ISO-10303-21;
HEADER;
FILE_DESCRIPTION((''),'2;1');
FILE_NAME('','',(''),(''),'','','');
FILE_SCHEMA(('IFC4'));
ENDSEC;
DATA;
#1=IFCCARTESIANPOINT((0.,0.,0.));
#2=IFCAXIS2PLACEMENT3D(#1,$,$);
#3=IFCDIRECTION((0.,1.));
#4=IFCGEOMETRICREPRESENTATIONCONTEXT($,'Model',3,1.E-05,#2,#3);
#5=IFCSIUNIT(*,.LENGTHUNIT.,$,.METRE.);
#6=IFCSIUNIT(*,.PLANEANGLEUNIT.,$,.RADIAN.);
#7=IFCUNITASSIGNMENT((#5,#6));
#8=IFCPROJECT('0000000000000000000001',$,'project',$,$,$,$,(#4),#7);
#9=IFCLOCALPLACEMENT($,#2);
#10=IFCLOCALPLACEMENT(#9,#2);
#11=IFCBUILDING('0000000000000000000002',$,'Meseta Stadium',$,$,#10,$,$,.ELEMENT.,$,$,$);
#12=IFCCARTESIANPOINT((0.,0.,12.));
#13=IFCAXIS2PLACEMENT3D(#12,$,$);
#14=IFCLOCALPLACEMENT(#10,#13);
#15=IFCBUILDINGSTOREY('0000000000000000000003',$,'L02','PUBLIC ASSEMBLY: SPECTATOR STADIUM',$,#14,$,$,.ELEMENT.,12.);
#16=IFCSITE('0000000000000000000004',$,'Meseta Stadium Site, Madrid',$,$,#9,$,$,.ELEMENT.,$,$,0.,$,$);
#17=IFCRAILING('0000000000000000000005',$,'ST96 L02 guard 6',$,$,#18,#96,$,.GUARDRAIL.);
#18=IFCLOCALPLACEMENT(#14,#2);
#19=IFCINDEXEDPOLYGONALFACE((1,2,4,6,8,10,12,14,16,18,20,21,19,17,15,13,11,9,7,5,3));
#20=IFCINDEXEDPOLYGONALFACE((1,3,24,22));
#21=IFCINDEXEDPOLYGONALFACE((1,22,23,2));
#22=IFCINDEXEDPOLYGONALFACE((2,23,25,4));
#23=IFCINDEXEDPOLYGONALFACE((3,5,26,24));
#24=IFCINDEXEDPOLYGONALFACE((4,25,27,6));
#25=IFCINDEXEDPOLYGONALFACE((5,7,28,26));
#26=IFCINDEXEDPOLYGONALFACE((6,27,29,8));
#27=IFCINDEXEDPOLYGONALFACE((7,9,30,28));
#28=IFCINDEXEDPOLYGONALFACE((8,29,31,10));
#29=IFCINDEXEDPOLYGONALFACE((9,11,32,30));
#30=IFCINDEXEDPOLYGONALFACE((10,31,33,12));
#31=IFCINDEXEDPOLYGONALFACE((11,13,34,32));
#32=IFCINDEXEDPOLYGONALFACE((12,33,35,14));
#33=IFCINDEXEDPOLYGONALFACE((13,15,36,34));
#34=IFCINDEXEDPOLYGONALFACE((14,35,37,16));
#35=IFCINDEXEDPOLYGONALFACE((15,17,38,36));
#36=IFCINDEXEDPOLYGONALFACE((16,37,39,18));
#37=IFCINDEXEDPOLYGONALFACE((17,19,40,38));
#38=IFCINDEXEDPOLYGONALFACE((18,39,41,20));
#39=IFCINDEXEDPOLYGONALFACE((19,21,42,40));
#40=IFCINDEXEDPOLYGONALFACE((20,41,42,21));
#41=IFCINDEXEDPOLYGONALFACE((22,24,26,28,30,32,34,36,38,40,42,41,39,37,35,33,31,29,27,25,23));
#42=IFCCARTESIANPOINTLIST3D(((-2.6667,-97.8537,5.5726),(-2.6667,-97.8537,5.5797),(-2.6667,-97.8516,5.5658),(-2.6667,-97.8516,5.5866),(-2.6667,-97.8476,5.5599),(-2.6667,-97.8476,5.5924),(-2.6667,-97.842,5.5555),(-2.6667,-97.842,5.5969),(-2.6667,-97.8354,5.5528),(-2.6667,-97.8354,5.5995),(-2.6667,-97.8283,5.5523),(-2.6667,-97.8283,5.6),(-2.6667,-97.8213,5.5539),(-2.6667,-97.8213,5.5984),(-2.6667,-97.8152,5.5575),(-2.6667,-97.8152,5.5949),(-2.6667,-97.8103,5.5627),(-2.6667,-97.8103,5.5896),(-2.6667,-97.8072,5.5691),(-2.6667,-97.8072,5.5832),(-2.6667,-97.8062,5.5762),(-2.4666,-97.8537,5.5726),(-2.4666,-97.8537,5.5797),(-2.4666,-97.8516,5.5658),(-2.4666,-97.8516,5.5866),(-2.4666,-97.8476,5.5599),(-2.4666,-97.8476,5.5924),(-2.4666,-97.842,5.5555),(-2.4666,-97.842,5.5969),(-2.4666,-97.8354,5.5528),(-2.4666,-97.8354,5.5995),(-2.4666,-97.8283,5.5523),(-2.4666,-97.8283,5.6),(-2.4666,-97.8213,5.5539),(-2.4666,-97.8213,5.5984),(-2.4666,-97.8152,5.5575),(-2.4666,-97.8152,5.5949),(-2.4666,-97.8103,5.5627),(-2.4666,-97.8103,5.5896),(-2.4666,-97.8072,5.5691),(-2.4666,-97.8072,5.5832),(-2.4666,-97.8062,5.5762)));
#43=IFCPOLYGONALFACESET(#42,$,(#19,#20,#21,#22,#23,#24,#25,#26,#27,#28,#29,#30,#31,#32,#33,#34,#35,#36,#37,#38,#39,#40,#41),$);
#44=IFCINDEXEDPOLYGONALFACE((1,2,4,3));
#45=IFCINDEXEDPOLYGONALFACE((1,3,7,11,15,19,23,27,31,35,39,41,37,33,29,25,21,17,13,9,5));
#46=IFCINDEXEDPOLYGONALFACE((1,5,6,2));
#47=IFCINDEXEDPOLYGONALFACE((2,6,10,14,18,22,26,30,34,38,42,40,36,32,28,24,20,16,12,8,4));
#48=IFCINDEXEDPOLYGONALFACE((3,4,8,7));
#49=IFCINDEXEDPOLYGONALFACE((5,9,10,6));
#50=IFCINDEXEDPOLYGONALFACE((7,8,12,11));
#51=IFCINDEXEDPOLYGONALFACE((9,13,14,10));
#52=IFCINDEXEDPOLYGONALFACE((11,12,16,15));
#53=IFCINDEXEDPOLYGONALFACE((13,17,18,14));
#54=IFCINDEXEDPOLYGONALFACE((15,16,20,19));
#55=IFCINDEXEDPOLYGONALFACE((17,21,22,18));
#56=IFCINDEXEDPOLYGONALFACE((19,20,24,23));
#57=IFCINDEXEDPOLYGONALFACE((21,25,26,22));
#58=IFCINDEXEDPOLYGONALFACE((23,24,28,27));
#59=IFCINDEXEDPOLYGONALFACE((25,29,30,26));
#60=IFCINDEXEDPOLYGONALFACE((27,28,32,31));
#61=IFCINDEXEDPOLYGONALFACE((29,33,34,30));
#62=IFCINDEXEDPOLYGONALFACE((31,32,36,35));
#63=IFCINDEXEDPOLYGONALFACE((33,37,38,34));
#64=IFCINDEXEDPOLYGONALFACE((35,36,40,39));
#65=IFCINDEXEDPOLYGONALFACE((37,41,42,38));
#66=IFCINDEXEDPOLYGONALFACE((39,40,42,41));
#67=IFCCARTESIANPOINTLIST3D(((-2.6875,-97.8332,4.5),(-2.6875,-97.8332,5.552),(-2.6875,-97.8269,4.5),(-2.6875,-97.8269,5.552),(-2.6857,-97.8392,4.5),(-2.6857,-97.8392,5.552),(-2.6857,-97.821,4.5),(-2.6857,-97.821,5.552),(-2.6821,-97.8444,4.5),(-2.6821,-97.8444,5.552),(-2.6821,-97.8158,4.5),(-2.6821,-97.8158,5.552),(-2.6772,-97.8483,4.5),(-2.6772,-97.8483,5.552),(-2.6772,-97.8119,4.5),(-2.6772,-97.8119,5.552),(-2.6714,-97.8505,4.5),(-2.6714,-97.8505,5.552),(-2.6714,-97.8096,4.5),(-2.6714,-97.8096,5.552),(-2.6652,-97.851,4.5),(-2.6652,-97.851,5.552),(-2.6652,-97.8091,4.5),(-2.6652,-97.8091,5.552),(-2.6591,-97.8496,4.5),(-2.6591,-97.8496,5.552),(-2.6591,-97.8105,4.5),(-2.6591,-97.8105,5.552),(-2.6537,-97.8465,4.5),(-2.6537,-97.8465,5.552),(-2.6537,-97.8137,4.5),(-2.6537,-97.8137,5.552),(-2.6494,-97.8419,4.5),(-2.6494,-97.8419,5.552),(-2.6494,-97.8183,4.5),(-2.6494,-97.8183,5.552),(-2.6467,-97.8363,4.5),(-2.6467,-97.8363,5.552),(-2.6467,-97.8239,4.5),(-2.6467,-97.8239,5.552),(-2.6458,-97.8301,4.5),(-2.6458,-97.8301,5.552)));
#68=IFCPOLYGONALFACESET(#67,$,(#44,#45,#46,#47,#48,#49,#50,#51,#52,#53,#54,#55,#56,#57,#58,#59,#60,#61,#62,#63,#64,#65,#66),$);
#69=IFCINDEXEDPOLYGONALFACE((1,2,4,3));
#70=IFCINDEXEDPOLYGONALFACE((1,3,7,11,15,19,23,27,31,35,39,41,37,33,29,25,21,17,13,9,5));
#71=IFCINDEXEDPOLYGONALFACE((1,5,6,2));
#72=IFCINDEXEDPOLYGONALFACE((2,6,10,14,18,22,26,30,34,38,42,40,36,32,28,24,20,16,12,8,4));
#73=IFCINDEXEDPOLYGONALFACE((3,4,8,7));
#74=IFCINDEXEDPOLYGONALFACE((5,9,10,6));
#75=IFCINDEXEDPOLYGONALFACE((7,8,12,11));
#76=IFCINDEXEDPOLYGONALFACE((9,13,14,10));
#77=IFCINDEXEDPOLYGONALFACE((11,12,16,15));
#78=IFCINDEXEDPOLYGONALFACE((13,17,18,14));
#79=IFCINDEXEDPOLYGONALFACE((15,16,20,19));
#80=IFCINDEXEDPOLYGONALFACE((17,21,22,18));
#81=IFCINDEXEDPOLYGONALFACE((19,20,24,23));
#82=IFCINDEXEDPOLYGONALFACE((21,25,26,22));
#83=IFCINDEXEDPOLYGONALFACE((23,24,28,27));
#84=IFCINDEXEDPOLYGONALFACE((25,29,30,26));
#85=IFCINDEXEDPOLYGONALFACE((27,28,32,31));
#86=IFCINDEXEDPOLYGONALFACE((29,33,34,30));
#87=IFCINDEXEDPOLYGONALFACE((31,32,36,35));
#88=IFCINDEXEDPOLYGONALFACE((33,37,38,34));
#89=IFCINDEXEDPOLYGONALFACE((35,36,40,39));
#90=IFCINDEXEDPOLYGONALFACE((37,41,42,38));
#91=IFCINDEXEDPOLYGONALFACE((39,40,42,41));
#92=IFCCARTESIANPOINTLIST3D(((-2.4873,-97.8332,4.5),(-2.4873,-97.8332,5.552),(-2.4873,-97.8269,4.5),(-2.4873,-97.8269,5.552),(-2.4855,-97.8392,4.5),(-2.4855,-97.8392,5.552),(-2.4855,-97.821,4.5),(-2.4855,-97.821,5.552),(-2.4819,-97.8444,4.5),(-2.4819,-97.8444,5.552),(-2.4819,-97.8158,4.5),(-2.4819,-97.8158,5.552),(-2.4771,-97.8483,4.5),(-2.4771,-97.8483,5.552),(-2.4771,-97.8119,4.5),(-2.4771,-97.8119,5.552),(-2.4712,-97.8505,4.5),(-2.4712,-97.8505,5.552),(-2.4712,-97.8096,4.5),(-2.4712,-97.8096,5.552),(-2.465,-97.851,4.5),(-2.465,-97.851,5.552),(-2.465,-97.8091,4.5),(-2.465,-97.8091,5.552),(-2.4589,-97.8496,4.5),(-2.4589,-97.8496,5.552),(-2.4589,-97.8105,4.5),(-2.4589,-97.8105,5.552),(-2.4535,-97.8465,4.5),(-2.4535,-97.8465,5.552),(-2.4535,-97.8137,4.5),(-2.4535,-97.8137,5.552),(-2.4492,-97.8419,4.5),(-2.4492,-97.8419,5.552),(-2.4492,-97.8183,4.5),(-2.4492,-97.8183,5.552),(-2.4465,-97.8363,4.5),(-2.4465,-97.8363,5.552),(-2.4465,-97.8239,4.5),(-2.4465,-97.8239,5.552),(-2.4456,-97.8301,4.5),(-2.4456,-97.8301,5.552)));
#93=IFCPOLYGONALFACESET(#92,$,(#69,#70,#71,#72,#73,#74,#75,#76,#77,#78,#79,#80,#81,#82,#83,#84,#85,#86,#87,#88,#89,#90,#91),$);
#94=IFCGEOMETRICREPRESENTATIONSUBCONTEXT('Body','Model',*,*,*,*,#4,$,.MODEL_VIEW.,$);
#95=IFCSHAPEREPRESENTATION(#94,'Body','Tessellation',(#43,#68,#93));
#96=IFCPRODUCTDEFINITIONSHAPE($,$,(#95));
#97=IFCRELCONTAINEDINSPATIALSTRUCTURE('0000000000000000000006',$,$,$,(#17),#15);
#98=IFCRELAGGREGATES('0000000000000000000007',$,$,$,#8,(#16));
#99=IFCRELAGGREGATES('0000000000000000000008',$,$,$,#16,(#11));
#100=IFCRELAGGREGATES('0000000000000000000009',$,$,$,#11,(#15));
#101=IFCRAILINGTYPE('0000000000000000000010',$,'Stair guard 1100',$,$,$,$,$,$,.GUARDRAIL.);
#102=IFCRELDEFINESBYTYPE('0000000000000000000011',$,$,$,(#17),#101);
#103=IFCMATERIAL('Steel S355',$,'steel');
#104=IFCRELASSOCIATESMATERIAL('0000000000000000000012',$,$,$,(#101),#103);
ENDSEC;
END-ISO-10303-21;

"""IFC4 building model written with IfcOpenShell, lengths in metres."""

from ifc_helpers import new_model, si_unit, direction, frame, origin, origin_2d, place, context, subcontext, project, spatial, circle, extrude, material, type_object, element, save


model = new_model("IFC4")

# Units and contexts
model_context = context("Model", 3, precision=1e-05, world=origin(), true_north=direction((0.0, 1.0)))
body_context = subcontext(model_context, "Body", "Model", "MODEL_VIEW")
ifc_project = project(units=[si_unit("LENGTHUNIT", "METRE"), si_unit("PLANEANGLEUNIT", "RADIAN")], contexts=[model_context])

# Site, building, storey
site_placement = place(None, origin())
site = spatial("IfcSite", under=ifc_project, at=site_placement, Name="Meseta Stadium Site, Madrid", CompositionType="ELEMENT", RefElevation=0.0)
building_placement = place(site_placement, origin())
building = spatial("IfcBuilding", under=site, at=building_placement, Name="Meseta Stadium", CompositionType="ELEMENT")
storey_placement = place(building_placement, frame((0.0, 0.0, 12.0)))
storey = spatial("IfcBuildingStorey", under=building, at=storey_placement, Name="L02", Description="PUBLIC ASSEMBLY: SPECTATOR STADIUM", CompositionType="ELEMENT", Elevation=12.0)

# Railing
ifc_material_1 = material(Name="Steel S355", Category="steel")
railing_type_1 = type_object("IfcRailingType", Name="Stair guard 1100", PredefinedType="GUARDRAIL", material=ifc_material_1)
railing_1_placement = place(storey_placement, frame((-2.6667, -97.8301, 4.5)))
element("IfcRailing", 1, at=railing_1_placement, inside=storey, type_object=railing_type_1, Name="ST96 L02 guard 6", PredefinedType="GUARDRAIL", context=body_context, shape_type="SweptSolid", body=[
    extrude(circle(Radius=0.0239, at=origin_2d()), frame((0.0, 0.0, 1.0762), z_axis=(1.0, 0.0, 0.0), x_axis=(0.0, 1.0, 0.0)), (0.0, 0.0, 1.0), 0.2002),
    extrude(circle(Radius=0.021, at=origin_2d()), origin(), (0.0, 0.0, 1.0), 1.052),
    extrude(circle(Radius=0.021, at=origin_2d()), frame((0.2002, 0.0, 0.0)), (0.0, 0.0, 1.0), 1.052),
])

save(model, "model.ifc")
